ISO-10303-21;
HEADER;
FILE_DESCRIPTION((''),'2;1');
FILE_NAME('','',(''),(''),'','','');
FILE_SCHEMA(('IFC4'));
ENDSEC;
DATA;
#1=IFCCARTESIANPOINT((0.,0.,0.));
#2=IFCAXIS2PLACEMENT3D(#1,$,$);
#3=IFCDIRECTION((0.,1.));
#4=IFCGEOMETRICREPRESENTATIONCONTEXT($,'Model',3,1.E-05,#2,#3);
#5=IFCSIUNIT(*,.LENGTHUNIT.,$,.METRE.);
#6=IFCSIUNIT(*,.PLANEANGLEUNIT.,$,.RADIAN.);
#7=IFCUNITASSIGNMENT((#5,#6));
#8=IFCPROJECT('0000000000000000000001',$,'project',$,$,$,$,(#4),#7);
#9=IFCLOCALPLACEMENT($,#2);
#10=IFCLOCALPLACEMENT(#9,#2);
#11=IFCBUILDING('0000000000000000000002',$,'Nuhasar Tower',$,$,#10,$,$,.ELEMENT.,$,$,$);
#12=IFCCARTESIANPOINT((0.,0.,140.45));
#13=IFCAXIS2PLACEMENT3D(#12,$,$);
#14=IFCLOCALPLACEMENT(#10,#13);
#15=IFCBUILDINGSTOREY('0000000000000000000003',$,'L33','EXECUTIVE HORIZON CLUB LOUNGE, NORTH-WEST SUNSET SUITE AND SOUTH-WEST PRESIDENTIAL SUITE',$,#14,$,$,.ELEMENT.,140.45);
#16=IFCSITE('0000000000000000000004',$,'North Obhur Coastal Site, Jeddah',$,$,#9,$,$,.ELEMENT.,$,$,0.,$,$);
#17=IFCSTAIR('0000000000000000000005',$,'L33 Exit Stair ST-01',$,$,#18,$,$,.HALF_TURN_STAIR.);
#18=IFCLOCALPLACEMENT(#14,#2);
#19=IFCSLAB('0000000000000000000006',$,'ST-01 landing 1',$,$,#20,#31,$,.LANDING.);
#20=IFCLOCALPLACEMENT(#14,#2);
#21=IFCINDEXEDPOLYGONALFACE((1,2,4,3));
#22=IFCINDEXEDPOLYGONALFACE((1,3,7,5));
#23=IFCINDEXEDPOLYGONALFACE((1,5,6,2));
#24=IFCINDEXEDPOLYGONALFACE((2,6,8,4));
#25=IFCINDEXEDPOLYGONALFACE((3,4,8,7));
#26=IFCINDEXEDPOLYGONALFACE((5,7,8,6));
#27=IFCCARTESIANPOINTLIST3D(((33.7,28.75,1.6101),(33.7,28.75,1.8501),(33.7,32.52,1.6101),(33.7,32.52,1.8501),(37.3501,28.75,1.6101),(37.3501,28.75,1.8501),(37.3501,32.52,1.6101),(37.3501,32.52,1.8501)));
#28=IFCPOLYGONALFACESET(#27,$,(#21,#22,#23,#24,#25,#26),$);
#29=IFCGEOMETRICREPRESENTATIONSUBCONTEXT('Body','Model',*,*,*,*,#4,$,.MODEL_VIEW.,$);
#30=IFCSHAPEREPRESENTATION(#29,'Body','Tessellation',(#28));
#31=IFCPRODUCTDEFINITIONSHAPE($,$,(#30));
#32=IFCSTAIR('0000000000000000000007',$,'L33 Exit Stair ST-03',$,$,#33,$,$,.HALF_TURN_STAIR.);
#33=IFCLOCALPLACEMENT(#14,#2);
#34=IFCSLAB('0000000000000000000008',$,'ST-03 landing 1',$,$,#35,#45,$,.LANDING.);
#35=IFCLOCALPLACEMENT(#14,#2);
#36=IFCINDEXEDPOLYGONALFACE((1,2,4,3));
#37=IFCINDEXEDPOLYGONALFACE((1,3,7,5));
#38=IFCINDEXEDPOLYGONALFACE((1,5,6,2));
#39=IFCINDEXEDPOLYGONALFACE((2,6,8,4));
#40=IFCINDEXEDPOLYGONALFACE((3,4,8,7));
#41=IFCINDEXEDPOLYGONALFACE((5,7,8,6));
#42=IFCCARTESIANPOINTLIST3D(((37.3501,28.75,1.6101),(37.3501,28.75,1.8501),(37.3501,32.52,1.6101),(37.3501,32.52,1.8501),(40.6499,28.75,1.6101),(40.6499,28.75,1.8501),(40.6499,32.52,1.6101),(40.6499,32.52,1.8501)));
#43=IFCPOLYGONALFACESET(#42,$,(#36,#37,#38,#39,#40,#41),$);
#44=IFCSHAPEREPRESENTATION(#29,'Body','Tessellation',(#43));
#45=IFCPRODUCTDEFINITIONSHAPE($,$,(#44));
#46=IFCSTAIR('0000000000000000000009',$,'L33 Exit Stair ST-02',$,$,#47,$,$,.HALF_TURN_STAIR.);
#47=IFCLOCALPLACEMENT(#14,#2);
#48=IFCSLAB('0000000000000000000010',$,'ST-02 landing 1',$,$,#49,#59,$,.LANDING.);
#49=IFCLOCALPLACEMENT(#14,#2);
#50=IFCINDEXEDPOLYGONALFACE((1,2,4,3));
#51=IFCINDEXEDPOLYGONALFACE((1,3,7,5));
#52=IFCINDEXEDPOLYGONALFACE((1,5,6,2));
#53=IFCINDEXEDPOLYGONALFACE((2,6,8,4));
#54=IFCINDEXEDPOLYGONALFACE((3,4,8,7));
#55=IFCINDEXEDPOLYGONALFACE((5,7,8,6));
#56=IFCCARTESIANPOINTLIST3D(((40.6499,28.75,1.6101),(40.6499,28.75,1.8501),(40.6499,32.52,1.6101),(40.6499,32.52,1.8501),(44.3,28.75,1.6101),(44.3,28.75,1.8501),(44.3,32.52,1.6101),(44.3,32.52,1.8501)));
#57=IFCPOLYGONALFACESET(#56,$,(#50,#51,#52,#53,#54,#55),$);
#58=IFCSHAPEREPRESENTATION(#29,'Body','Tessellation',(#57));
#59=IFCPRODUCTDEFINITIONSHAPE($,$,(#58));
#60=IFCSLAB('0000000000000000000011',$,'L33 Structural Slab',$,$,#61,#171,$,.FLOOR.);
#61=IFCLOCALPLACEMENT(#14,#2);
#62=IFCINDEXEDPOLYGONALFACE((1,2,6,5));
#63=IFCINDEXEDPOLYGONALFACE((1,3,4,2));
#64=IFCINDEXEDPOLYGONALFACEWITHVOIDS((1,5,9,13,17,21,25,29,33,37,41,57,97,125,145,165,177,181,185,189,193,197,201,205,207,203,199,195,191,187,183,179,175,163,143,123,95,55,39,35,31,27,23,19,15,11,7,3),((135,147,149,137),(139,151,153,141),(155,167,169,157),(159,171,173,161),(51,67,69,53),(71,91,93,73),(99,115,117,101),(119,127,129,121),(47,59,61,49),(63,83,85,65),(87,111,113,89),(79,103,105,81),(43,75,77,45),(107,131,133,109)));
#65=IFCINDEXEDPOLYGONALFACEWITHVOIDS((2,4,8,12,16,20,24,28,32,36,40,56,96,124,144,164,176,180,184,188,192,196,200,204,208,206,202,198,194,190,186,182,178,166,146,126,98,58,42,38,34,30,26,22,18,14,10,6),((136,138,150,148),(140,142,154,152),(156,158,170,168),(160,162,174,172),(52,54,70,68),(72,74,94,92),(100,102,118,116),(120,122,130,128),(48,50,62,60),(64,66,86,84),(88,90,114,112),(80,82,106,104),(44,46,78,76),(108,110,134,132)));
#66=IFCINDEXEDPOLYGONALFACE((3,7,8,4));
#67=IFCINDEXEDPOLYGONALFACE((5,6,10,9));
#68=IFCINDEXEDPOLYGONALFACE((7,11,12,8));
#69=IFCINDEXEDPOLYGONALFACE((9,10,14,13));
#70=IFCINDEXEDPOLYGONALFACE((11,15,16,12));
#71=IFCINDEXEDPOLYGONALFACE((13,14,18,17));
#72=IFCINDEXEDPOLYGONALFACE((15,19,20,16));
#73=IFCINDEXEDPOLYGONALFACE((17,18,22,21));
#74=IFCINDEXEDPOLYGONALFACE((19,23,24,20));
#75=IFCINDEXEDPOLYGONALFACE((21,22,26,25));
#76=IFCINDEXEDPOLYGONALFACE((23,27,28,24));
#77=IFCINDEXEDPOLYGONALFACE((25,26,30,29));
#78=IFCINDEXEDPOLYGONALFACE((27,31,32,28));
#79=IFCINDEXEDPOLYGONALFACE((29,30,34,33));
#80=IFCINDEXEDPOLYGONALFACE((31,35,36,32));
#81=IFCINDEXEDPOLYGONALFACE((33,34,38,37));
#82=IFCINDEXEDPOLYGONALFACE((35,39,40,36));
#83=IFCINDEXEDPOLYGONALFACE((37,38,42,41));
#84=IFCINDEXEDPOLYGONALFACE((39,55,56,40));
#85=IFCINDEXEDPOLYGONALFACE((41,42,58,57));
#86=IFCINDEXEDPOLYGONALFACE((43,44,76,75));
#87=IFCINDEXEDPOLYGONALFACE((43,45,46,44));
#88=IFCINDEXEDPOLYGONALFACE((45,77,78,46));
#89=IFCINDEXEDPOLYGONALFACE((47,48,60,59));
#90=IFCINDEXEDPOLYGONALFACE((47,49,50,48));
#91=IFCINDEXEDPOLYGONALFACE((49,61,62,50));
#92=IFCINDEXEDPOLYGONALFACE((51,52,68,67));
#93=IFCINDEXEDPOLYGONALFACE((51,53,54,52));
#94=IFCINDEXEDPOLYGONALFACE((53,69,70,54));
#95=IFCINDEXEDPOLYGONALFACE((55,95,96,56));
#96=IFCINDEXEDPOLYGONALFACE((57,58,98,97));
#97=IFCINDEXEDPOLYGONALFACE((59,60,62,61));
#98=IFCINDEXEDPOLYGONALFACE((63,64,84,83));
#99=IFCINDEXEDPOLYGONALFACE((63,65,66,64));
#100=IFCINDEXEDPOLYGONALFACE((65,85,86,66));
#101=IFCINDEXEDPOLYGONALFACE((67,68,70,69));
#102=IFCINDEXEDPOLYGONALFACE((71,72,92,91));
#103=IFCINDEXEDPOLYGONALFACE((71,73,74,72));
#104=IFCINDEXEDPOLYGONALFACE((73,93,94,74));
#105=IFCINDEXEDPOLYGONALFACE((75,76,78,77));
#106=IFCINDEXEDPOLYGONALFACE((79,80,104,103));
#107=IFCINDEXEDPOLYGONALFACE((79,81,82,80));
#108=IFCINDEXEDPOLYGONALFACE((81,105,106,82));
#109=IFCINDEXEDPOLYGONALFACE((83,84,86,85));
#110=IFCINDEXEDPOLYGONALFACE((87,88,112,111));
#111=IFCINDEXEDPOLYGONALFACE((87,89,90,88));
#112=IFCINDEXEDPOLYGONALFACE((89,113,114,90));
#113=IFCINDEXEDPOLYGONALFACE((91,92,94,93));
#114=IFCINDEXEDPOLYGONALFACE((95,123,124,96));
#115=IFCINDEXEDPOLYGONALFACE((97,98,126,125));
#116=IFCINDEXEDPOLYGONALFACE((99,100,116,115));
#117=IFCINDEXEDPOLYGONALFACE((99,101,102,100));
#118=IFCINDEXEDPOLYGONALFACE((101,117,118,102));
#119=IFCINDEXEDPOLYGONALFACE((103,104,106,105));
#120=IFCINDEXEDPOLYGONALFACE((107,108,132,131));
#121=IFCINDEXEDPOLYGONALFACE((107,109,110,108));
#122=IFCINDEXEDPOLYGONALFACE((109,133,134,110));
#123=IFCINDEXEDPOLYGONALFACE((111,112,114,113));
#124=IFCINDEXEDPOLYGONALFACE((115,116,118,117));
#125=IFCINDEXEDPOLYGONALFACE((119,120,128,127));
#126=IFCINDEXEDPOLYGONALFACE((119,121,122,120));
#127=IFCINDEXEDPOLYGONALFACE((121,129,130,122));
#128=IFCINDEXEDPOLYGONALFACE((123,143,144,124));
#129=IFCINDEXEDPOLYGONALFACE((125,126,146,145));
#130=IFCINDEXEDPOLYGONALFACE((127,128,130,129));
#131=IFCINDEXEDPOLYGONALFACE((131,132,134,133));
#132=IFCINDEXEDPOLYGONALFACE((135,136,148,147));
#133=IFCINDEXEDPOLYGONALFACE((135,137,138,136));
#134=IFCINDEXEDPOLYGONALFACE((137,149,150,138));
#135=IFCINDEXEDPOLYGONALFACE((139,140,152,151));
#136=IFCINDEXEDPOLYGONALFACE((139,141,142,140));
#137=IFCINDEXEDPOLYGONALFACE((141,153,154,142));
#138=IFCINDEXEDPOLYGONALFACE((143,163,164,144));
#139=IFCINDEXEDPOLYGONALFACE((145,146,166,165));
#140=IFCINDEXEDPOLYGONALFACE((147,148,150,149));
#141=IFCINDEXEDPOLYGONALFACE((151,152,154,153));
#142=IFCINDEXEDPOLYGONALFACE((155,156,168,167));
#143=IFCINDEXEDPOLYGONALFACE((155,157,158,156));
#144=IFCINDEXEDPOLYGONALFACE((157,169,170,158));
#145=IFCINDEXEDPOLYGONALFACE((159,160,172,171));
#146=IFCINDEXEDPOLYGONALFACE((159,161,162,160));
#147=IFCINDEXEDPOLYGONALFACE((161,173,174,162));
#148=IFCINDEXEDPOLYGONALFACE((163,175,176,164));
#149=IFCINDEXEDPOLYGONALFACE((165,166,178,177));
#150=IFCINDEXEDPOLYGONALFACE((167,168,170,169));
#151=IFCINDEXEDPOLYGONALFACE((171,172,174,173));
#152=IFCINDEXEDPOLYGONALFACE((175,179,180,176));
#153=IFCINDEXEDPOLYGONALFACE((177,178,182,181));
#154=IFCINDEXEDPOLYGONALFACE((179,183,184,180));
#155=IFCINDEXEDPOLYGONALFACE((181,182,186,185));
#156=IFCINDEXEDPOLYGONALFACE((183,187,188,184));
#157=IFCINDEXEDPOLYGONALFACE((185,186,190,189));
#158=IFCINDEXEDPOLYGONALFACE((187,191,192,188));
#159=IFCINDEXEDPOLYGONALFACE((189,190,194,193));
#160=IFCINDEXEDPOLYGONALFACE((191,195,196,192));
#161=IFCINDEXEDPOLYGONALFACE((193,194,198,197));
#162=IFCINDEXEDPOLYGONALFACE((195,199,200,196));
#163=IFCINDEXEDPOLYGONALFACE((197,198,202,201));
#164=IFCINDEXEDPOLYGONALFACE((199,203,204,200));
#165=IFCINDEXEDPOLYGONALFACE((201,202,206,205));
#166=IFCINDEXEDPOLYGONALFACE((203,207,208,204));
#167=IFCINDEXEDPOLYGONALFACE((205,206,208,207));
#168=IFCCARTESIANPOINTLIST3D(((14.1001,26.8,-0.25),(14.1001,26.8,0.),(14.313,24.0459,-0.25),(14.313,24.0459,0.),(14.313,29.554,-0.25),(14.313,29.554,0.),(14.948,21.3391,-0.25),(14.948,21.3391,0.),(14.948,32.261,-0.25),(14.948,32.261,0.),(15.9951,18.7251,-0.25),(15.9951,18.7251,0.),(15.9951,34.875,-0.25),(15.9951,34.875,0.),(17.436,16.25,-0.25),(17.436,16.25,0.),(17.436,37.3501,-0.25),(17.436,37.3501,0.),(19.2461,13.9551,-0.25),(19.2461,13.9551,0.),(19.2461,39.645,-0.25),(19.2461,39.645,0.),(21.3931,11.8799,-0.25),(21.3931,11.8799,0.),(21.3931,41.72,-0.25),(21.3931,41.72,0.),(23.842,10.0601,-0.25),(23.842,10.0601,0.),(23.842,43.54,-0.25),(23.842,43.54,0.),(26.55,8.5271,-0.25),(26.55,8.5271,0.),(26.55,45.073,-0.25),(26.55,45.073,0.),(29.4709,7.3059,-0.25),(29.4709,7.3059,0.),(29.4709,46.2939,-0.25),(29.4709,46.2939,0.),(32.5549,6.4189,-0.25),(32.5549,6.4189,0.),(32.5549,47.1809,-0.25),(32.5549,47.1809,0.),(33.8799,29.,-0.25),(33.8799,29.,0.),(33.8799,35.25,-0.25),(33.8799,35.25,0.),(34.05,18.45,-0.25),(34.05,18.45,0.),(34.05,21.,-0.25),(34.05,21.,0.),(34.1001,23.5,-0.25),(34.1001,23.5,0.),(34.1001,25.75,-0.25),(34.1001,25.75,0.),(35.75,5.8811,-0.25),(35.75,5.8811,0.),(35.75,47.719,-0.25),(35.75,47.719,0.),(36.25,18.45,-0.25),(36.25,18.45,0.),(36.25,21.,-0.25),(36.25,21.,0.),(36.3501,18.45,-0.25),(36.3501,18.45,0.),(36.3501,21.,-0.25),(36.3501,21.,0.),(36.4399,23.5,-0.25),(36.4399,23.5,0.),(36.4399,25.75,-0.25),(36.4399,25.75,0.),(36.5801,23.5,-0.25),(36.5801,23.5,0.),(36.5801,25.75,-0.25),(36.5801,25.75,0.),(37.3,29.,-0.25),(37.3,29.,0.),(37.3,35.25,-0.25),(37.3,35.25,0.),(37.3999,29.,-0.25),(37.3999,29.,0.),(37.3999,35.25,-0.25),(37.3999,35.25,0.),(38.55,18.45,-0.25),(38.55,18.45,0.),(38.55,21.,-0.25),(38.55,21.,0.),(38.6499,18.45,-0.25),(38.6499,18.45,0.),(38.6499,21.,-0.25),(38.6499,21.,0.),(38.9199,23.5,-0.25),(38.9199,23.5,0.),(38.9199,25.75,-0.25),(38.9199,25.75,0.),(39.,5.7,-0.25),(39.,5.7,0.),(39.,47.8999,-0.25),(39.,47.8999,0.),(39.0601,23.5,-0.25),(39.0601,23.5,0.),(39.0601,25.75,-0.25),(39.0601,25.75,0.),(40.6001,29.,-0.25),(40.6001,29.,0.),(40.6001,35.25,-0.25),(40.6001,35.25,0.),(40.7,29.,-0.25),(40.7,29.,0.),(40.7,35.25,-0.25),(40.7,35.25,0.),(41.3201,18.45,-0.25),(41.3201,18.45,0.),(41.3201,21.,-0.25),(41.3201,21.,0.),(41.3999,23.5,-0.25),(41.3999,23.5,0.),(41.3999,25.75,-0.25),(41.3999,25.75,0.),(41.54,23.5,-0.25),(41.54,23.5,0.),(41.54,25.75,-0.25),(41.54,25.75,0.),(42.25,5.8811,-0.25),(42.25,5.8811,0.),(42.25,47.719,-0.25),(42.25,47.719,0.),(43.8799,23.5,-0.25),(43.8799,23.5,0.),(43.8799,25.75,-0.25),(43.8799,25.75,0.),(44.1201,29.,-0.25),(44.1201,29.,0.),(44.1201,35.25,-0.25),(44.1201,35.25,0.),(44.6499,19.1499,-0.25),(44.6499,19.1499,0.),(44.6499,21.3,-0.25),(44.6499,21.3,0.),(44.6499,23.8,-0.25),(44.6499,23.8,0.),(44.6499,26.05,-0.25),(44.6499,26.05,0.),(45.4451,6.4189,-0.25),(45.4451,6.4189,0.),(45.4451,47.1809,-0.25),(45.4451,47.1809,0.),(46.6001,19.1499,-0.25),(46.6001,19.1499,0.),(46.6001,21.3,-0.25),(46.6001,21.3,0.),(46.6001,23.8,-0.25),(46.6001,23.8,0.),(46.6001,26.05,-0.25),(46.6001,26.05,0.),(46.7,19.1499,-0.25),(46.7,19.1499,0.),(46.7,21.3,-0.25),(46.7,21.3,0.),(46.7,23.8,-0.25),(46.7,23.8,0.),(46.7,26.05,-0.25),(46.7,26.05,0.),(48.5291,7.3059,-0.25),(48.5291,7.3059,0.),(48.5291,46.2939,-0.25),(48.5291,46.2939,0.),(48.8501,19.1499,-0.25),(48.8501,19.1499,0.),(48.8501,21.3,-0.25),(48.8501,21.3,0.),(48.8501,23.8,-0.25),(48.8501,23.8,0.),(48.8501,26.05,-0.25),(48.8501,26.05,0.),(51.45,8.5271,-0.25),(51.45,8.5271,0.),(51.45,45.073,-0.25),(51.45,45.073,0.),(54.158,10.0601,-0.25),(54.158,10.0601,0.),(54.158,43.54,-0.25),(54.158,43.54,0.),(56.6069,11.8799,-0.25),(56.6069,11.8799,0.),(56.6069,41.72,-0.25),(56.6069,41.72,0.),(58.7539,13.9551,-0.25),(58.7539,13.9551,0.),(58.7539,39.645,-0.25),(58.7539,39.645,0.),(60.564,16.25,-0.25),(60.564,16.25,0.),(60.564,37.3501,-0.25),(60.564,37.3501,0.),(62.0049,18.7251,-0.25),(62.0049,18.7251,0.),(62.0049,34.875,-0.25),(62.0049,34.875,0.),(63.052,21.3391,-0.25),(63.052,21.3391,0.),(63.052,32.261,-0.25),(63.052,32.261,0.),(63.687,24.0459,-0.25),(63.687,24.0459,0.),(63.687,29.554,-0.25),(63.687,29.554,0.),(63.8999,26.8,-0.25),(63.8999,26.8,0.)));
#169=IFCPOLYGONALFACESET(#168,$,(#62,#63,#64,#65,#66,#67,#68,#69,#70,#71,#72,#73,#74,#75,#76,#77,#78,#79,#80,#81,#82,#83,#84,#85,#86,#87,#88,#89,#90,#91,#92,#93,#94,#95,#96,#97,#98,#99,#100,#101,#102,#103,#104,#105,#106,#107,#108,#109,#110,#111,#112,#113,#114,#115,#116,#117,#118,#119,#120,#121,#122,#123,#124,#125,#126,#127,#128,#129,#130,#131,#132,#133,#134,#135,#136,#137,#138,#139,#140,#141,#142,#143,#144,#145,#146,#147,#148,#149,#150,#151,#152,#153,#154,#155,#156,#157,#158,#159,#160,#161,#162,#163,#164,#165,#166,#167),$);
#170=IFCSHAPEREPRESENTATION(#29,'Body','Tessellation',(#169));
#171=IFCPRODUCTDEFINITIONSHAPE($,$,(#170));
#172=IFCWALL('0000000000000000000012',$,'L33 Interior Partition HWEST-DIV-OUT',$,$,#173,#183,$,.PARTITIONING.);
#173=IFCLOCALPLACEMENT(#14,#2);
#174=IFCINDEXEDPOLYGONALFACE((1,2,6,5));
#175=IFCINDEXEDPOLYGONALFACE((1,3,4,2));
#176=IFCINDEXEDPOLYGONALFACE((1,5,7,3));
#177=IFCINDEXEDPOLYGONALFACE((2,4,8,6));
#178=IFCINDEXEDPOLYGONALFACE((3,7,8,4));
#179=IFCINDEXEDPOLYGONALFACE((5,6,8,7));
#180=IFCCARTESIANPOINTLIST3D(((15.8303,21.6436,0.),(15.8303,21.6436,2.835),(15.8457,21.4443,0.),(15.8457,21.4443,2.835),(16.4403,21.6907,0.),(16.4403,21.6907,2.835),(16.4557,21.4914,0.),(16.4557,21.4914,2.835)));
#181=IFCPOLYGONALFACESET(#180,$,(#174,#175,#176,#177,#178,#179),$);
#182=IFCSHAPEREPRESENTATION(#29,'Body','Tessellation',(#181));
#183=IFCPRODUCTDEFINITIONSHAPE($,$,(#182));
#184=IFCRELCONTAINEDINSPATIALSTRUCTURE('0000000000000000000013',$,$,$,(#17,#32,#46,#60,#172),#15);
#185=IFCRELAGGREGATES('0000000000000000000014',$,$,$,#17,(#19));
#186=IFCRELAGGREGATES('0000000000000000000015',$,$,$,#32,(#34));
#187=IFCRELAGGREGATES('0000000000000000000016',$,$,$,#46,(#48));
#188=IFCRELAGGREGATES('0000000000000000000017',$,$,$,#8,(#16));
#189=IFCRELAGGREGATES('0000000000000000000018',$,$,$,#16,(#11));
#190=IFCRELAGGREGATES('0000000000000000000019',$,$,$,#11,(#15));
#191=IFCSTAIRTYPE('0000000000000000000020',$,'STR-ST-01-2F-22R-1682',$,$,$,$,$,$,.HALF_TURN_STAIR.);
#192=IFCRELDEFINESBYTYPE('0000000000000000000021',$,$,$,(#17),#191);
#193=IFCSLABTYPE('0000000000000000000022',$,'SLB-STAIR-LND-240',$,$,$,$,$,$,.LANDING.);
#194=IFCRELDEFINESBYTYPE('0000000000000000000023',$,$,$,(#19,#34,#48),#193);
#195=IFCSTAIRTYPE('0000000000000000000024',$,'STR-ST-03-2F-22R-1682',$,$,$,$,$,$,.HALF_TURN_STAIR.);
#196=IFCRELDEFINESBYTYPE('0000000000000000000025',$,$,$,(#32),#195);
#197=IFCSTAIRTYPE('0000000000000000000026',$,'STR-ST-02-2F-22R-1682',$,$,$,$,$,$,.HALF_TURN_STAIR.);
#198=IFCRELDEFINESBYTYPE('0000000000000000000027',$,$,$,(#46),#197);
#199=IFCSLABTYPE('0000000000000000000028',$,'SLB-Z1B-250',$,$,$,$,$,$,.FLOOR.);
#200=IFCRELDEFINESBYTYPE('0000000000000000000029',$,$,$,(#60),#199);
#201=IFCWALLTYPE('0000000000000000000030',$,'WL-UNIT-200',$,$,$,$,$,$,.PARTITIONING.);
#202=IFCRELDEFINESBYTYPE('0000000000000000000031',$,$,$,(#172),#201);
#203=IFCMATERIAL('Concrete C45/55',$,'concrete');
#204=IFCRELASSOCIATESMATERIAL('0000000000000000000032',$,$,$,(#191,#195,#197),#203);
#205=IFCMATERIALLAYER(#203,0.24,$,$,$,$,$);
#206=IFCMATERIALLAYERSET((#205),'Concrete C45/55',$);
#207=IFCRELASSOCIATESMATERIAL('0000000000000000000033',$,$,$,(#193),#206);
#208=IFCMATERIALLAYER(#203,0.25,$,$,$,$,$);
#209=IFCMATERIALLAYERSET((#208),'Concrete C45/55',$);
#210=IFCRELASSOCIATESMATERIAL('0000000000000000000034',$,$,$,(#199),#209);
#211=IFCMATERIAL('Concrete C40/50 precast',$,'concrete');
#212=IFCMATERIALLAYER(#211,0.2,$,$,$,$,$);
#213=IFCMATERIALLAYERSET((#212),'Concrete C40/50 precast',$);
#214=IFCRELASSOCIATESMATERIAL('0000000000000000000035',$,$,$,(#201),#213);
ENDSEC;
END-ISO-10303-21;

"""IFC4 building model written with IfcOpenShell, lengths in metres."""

from ifc_helpers import new_model, si_unit, direction, frame, frame_2d, origin, place, context, subcontext, project, spatial, polyline, rectangle, outline, extrude, material, layer, layer_set, type_object, element, aggregate, save


model = new_model("IFC4")

# Units and contexts
model_context = context("Model", 3, precision=1e-05, world=origin(), true_north=direction((0.0, 1.0)))
body_context = subcontext(model_context, "Body", "Model", "MODEL_VIEW")
ifc_project = project(units=[si_unit("LENGTHUNIT", "METRE"), si_unit("PLANEANGLEUNIT", "RADIAN")], contexts=[model_context])

# Site, building, storey
site_placement = place(None, origin())
site = spatial("IfcSite", under=ifc_project, at=site_placement, Name="North Obhur Coastal Site, Jeddah", CompositionType="ELEMENT", RefElevation=0.0)
building_placement = place(site_placement, origin())
building = spatial("IfcBuilding", under=site, at=building_placement, Name="Nuhasar Tower", CompositionType="ELEMENT")
storey_placement = place(building_placement, frame((0.0, 0.0, 140.45)))
storey = spatial("IfcBuildingStorey", under=building, at=storey_placement, Name="L33", Description="EXECUTIVE HORIZON CLUB LOUNGE, NORTH-WEST SUNSET SUITE AND SOUTH-WEST PRESIDENTIAL SUITE", CompositionType="ELEMENT", Elevation=140.45)

# Stairs, slabs
ifc_material_1 = material(Name="Concrete C45/55", Category="concrete")
stair_type_1 = type_object("IfcStairType", Name="STR-ST-01-2F-22R-1682", PredefinedType="HALF_TURN_STAIR", material=ifc_material_1)
stair_1_placement = place(storey_placement, origin())
stair_1 = element("IfcStair", 1, at=stair_1_placement, inside=storey, type_object=stair_type_1, Name="L33 Exit Stair ST-01", PredefinedType="HALF_TURN_STAIR")
ifc_layer_1 = layer(ifc_material_1, 0.24)
ifc_layer_set_1 = layer_set([ifc_layer_1], Name="Concrete C45/55")
slab_type_1 = type_object("IfcSlabType", Name="SLB-STAIR-LND-240", PredefinedType="LANDING", material=ifc_layer_set_1)
slab_1_placement = place(storey_placement, frame((0.0, 0.0, 1.6101)))
slab_1 = element("IfcSlab", 2, at=slab_1_placement, type_object=slab_type_1, Name="ST-01 landing 1", PredefinedType="LANDING", context=body_context, shape_type="SweptSolid", body=[
    extrude(outline(polyline([(33.7, 28.75), (37.3501, 28.75), (37.3501, 32.52), (33.7, 32.52), (33.7, 28.75)])), origin(), (0.0, 0.0, 1.0), 0.24),
])
aggregate(stair_1, [slab_1])
stair_type_2 = type_object("IfcStairType", Name="STR-ST-03-2F-22R-1682", PredefinedType="HALF_TURN_STAIR", material=ifc_material_1)
stair_2_placement = place(storey_placement, origin())
stair_2 = element("IfcStair", 3, at=stair_2_placement, inside=storey, type_object=stair_type_2, Name="L33 Exit Stair ST-03", PredefinedType="HALF_TURN_STAIR")
slab_2_placement = place(storey_placement, frame((0.0, 0.0, 1.6101)))
slab_2 = element("IfcSlab", 4, at=slab_2_placement, type_object=slab_type_1, Name="ST-03 landing 1", PredefinedType="LANDING", context=body_context, shape_type="SweptSolid", body=[
    extrude(outline(polyline([(37.3501, 28.75), (40.6499, 28.75), (40.6499, 32.52), (37.3501, 32.52), (37.3501, 28.75)])), origin(), (0.0, 0.0, 1.0), 0.24),
])
aggregate(stair_2, [slab_2])
stair_type_3 = type_object("IfcStairType", Name="STR-ST-02-2F-22R-1682", PredefinedType="HALF_TURN_STAIR", material=ifc_material_1)
stair_3_placement = place(storey_placement, origin())
stair_3 = element("IfcStair", 5, at=stair_3_placement, inside=storey, type_object=stair_type_3, Name="L33 Exit Stair ST-02", PredefinedType="HALF_TURN_STAIR")
slab_3_placement = place(storey_placement, frame((0.0, 0.0, 1.6101)))
slab_3 = element("IfcSlab", 6, at=slab_3_placement, type_object=slab_type_1, Name="ST-02 landing 1", PredefinedType="LANDING", context=body_context, shape_type="SweptSolid", body=[
    extrude(outline(polyline([(40.6499, 28.75), (44.3, 28.75), (44.3, 32.52), (40.6499, 32.52), (40.6499, 28.75)])), origin(), (0.0, 0.0, 1.0), 0.24),
])
aggregate(stair_3, [slab_3])

# Slab
ifc_layer_2 = layer(ifc_material_1, 0.25)
ifc_layer_set_2 = layer_set([ifc_layer_2], Name="Concrete C45/55")
slab_type_2 = type_object("IfcSlabType", Name="SLB-Z1B-250", PredefinedType="FLOOR", material=ifc_layer_set_2)
slab_4_placement = place(storey_placement, frame((0.0, 0.0, -0.25)))
element("IfcSlab", 7, at=slab_4_placement, inside=storey, type_object=slab_type_2, Name="L33 Structural Slab", PredefinedType="FLOOR", context=body_context, shape_type="SweptSolid", body=[
    extrude(outline(polyline([(63.8999, 26.8), (63.687, 29.554), (63.052, 32.261), (62.0049, 34.875), (60.564, 37.3501), (58.7539, 39.645), (56.6069, 41.72), (54.158, 43.54), (51.45, 45.073), (48.5291, 46.2939), (45.4451, 47.1809), (42.25, 47.719), (39.0, 47.8999), (35.75, 47.719), (32.5549, 47.1809), (29.4709, 46.2939), (26.55, 45.073), (23.842, 43.54), (21.3931, 41.72), (19.2461, 39.645), (17.436, 37.3501), (15.9951, 34.875), (14.948, 32.261), (14.313, 29.554), (14.1001, 26.8), (14.313, 24.0459), (14.948, 21.3391), (15.9951, 18.7251), (17.436, 16.25), (19.2461, 13.9551), (21.3931, 11.8799), (23.842, 10.0601), (26.55, 8.5271), (29.4709, 7.3059), (32.5549, 6.4189), (35.75, 5.8811), (39.0, 5.7), (42.25, 5.8811), (45.4451, 6.4189), (48.5291, 7.3059), (51.45, 8.5271), (54.158, 10.0601), (56.6069, 11.8799), (58.7539, 13.9551), (60.564, 16.25), (62.0049, 18.7251), (63.052, 21.3391), (63.687, 24.0459), (63.8999, 26.8)]), holes=[polyline([(33.8799, 35.25), (37.3, 35.25), (37.3, 29.0), (33.8799, 29.0), (33.8799, 35.25)]), polyline([(37.3999, 35.25), (40.6001, 35.25), (40.6001, 29.0), (37.3999, 29.0), (37.3999, 35.25)]), polyline([(40.7, 35.25), (44.1201, 35.25), (44.1201, 29.0), (40.7, 29.0), (40.7, 35.25)]), polyline([(44.6499, 26.05), (46.6001, 26.05), (46.6001, 23.8), (44.6499, 23.8), (44.6499, 26.05)]), polyline([(46.7, 26.05), (48.8501, 26.05), (48.8501, 23.8), (46.7, 23.8), (46.7, 26.05)]), polyline([(44.6499, 21.3), (46.6001, 21.3), (46.6001, 19.1499), (44.6499, 19.1499), (44.6499, 21.3)]), polyline([(46.7, 21.3), (48.8501, 21.3), (48.8501, 19.1499), (46.7, 19.1499), (46.7, 21.3)]), polyline([(34.1001, 25.75), (36.4399, 25.75), (36.4399, 23.5), (34.1001, 23.5), (34.1001, 25.75)]), polyline([(36.5801, 25.75), (38.9199, 25.75), (38.9199, 23.5), (36.5801, 23.5), (36.5801, 25.75)]), polyline([(39.0601, 25.75), (41.3999, 25.75), (41.3999, 23.5), (39.0601, 23.5), (39.0601, 25.75)]), polyline([(41.54, 25.75), (43.8799, 25.75), (43.8799, 23.5), (41.54, 23.5), (41.54, 25.75)]), polyline([(34.05, 21.0), (36.25, 21.0), (36.25, 18.45), (34.05, 18.45), (34.05, 21.0)]), polyline([(36.3501, 21.0), (38.55, 21.0), (38.55, 18.45), (36.3501, 18.45), (36.3501, 21.0)]), polyline([(38.6499, 21.0), (41.3201, 21.0), (41.3201, 18.45), (38.6499, 18.45), (38.6499, 21.0)])]), origin(), (0.0, 0.0, 1.0), 0.25),
])

# Wall
ifc_material_2 = material(Name="Concrete C40/50 precast", Category="concrete")
ifc_layer_3 = layer(ifc_material_2, 0.2)
ifc_layer_set_3 = layer_set([ifc_layer_3], Name="Concrete C40/50 precast")
wall_type = type_object("IfcWallType", Name="WL-UNIT-200", PredefinedType="PARTITIONING", material=ifc_layer_set_3)
wall_placement = place(storey_placement, frame((16.448, 21.5911, 0.0), z_axis=(0.0, 0.0, 1.0), x_axis=(-0.997031, -0.077002, 0.0)))
element("IfcWall", 8, at=wall_placement, inside=storey, type_object=wall_type, Name="L33 Interior Partition HWEST-DIV-OUT", PredefinedType="PARTITIONING", context=body_context, shape_type="SweptSolid", body=[
    extrude(rectangle(XDim=0.6118, YDim=0.2, at=frame_2d((0.3059, 0.0))), origin(), (0.0, 0.0, 1.0), 2.835),
])

save(model, "model.ifc")
